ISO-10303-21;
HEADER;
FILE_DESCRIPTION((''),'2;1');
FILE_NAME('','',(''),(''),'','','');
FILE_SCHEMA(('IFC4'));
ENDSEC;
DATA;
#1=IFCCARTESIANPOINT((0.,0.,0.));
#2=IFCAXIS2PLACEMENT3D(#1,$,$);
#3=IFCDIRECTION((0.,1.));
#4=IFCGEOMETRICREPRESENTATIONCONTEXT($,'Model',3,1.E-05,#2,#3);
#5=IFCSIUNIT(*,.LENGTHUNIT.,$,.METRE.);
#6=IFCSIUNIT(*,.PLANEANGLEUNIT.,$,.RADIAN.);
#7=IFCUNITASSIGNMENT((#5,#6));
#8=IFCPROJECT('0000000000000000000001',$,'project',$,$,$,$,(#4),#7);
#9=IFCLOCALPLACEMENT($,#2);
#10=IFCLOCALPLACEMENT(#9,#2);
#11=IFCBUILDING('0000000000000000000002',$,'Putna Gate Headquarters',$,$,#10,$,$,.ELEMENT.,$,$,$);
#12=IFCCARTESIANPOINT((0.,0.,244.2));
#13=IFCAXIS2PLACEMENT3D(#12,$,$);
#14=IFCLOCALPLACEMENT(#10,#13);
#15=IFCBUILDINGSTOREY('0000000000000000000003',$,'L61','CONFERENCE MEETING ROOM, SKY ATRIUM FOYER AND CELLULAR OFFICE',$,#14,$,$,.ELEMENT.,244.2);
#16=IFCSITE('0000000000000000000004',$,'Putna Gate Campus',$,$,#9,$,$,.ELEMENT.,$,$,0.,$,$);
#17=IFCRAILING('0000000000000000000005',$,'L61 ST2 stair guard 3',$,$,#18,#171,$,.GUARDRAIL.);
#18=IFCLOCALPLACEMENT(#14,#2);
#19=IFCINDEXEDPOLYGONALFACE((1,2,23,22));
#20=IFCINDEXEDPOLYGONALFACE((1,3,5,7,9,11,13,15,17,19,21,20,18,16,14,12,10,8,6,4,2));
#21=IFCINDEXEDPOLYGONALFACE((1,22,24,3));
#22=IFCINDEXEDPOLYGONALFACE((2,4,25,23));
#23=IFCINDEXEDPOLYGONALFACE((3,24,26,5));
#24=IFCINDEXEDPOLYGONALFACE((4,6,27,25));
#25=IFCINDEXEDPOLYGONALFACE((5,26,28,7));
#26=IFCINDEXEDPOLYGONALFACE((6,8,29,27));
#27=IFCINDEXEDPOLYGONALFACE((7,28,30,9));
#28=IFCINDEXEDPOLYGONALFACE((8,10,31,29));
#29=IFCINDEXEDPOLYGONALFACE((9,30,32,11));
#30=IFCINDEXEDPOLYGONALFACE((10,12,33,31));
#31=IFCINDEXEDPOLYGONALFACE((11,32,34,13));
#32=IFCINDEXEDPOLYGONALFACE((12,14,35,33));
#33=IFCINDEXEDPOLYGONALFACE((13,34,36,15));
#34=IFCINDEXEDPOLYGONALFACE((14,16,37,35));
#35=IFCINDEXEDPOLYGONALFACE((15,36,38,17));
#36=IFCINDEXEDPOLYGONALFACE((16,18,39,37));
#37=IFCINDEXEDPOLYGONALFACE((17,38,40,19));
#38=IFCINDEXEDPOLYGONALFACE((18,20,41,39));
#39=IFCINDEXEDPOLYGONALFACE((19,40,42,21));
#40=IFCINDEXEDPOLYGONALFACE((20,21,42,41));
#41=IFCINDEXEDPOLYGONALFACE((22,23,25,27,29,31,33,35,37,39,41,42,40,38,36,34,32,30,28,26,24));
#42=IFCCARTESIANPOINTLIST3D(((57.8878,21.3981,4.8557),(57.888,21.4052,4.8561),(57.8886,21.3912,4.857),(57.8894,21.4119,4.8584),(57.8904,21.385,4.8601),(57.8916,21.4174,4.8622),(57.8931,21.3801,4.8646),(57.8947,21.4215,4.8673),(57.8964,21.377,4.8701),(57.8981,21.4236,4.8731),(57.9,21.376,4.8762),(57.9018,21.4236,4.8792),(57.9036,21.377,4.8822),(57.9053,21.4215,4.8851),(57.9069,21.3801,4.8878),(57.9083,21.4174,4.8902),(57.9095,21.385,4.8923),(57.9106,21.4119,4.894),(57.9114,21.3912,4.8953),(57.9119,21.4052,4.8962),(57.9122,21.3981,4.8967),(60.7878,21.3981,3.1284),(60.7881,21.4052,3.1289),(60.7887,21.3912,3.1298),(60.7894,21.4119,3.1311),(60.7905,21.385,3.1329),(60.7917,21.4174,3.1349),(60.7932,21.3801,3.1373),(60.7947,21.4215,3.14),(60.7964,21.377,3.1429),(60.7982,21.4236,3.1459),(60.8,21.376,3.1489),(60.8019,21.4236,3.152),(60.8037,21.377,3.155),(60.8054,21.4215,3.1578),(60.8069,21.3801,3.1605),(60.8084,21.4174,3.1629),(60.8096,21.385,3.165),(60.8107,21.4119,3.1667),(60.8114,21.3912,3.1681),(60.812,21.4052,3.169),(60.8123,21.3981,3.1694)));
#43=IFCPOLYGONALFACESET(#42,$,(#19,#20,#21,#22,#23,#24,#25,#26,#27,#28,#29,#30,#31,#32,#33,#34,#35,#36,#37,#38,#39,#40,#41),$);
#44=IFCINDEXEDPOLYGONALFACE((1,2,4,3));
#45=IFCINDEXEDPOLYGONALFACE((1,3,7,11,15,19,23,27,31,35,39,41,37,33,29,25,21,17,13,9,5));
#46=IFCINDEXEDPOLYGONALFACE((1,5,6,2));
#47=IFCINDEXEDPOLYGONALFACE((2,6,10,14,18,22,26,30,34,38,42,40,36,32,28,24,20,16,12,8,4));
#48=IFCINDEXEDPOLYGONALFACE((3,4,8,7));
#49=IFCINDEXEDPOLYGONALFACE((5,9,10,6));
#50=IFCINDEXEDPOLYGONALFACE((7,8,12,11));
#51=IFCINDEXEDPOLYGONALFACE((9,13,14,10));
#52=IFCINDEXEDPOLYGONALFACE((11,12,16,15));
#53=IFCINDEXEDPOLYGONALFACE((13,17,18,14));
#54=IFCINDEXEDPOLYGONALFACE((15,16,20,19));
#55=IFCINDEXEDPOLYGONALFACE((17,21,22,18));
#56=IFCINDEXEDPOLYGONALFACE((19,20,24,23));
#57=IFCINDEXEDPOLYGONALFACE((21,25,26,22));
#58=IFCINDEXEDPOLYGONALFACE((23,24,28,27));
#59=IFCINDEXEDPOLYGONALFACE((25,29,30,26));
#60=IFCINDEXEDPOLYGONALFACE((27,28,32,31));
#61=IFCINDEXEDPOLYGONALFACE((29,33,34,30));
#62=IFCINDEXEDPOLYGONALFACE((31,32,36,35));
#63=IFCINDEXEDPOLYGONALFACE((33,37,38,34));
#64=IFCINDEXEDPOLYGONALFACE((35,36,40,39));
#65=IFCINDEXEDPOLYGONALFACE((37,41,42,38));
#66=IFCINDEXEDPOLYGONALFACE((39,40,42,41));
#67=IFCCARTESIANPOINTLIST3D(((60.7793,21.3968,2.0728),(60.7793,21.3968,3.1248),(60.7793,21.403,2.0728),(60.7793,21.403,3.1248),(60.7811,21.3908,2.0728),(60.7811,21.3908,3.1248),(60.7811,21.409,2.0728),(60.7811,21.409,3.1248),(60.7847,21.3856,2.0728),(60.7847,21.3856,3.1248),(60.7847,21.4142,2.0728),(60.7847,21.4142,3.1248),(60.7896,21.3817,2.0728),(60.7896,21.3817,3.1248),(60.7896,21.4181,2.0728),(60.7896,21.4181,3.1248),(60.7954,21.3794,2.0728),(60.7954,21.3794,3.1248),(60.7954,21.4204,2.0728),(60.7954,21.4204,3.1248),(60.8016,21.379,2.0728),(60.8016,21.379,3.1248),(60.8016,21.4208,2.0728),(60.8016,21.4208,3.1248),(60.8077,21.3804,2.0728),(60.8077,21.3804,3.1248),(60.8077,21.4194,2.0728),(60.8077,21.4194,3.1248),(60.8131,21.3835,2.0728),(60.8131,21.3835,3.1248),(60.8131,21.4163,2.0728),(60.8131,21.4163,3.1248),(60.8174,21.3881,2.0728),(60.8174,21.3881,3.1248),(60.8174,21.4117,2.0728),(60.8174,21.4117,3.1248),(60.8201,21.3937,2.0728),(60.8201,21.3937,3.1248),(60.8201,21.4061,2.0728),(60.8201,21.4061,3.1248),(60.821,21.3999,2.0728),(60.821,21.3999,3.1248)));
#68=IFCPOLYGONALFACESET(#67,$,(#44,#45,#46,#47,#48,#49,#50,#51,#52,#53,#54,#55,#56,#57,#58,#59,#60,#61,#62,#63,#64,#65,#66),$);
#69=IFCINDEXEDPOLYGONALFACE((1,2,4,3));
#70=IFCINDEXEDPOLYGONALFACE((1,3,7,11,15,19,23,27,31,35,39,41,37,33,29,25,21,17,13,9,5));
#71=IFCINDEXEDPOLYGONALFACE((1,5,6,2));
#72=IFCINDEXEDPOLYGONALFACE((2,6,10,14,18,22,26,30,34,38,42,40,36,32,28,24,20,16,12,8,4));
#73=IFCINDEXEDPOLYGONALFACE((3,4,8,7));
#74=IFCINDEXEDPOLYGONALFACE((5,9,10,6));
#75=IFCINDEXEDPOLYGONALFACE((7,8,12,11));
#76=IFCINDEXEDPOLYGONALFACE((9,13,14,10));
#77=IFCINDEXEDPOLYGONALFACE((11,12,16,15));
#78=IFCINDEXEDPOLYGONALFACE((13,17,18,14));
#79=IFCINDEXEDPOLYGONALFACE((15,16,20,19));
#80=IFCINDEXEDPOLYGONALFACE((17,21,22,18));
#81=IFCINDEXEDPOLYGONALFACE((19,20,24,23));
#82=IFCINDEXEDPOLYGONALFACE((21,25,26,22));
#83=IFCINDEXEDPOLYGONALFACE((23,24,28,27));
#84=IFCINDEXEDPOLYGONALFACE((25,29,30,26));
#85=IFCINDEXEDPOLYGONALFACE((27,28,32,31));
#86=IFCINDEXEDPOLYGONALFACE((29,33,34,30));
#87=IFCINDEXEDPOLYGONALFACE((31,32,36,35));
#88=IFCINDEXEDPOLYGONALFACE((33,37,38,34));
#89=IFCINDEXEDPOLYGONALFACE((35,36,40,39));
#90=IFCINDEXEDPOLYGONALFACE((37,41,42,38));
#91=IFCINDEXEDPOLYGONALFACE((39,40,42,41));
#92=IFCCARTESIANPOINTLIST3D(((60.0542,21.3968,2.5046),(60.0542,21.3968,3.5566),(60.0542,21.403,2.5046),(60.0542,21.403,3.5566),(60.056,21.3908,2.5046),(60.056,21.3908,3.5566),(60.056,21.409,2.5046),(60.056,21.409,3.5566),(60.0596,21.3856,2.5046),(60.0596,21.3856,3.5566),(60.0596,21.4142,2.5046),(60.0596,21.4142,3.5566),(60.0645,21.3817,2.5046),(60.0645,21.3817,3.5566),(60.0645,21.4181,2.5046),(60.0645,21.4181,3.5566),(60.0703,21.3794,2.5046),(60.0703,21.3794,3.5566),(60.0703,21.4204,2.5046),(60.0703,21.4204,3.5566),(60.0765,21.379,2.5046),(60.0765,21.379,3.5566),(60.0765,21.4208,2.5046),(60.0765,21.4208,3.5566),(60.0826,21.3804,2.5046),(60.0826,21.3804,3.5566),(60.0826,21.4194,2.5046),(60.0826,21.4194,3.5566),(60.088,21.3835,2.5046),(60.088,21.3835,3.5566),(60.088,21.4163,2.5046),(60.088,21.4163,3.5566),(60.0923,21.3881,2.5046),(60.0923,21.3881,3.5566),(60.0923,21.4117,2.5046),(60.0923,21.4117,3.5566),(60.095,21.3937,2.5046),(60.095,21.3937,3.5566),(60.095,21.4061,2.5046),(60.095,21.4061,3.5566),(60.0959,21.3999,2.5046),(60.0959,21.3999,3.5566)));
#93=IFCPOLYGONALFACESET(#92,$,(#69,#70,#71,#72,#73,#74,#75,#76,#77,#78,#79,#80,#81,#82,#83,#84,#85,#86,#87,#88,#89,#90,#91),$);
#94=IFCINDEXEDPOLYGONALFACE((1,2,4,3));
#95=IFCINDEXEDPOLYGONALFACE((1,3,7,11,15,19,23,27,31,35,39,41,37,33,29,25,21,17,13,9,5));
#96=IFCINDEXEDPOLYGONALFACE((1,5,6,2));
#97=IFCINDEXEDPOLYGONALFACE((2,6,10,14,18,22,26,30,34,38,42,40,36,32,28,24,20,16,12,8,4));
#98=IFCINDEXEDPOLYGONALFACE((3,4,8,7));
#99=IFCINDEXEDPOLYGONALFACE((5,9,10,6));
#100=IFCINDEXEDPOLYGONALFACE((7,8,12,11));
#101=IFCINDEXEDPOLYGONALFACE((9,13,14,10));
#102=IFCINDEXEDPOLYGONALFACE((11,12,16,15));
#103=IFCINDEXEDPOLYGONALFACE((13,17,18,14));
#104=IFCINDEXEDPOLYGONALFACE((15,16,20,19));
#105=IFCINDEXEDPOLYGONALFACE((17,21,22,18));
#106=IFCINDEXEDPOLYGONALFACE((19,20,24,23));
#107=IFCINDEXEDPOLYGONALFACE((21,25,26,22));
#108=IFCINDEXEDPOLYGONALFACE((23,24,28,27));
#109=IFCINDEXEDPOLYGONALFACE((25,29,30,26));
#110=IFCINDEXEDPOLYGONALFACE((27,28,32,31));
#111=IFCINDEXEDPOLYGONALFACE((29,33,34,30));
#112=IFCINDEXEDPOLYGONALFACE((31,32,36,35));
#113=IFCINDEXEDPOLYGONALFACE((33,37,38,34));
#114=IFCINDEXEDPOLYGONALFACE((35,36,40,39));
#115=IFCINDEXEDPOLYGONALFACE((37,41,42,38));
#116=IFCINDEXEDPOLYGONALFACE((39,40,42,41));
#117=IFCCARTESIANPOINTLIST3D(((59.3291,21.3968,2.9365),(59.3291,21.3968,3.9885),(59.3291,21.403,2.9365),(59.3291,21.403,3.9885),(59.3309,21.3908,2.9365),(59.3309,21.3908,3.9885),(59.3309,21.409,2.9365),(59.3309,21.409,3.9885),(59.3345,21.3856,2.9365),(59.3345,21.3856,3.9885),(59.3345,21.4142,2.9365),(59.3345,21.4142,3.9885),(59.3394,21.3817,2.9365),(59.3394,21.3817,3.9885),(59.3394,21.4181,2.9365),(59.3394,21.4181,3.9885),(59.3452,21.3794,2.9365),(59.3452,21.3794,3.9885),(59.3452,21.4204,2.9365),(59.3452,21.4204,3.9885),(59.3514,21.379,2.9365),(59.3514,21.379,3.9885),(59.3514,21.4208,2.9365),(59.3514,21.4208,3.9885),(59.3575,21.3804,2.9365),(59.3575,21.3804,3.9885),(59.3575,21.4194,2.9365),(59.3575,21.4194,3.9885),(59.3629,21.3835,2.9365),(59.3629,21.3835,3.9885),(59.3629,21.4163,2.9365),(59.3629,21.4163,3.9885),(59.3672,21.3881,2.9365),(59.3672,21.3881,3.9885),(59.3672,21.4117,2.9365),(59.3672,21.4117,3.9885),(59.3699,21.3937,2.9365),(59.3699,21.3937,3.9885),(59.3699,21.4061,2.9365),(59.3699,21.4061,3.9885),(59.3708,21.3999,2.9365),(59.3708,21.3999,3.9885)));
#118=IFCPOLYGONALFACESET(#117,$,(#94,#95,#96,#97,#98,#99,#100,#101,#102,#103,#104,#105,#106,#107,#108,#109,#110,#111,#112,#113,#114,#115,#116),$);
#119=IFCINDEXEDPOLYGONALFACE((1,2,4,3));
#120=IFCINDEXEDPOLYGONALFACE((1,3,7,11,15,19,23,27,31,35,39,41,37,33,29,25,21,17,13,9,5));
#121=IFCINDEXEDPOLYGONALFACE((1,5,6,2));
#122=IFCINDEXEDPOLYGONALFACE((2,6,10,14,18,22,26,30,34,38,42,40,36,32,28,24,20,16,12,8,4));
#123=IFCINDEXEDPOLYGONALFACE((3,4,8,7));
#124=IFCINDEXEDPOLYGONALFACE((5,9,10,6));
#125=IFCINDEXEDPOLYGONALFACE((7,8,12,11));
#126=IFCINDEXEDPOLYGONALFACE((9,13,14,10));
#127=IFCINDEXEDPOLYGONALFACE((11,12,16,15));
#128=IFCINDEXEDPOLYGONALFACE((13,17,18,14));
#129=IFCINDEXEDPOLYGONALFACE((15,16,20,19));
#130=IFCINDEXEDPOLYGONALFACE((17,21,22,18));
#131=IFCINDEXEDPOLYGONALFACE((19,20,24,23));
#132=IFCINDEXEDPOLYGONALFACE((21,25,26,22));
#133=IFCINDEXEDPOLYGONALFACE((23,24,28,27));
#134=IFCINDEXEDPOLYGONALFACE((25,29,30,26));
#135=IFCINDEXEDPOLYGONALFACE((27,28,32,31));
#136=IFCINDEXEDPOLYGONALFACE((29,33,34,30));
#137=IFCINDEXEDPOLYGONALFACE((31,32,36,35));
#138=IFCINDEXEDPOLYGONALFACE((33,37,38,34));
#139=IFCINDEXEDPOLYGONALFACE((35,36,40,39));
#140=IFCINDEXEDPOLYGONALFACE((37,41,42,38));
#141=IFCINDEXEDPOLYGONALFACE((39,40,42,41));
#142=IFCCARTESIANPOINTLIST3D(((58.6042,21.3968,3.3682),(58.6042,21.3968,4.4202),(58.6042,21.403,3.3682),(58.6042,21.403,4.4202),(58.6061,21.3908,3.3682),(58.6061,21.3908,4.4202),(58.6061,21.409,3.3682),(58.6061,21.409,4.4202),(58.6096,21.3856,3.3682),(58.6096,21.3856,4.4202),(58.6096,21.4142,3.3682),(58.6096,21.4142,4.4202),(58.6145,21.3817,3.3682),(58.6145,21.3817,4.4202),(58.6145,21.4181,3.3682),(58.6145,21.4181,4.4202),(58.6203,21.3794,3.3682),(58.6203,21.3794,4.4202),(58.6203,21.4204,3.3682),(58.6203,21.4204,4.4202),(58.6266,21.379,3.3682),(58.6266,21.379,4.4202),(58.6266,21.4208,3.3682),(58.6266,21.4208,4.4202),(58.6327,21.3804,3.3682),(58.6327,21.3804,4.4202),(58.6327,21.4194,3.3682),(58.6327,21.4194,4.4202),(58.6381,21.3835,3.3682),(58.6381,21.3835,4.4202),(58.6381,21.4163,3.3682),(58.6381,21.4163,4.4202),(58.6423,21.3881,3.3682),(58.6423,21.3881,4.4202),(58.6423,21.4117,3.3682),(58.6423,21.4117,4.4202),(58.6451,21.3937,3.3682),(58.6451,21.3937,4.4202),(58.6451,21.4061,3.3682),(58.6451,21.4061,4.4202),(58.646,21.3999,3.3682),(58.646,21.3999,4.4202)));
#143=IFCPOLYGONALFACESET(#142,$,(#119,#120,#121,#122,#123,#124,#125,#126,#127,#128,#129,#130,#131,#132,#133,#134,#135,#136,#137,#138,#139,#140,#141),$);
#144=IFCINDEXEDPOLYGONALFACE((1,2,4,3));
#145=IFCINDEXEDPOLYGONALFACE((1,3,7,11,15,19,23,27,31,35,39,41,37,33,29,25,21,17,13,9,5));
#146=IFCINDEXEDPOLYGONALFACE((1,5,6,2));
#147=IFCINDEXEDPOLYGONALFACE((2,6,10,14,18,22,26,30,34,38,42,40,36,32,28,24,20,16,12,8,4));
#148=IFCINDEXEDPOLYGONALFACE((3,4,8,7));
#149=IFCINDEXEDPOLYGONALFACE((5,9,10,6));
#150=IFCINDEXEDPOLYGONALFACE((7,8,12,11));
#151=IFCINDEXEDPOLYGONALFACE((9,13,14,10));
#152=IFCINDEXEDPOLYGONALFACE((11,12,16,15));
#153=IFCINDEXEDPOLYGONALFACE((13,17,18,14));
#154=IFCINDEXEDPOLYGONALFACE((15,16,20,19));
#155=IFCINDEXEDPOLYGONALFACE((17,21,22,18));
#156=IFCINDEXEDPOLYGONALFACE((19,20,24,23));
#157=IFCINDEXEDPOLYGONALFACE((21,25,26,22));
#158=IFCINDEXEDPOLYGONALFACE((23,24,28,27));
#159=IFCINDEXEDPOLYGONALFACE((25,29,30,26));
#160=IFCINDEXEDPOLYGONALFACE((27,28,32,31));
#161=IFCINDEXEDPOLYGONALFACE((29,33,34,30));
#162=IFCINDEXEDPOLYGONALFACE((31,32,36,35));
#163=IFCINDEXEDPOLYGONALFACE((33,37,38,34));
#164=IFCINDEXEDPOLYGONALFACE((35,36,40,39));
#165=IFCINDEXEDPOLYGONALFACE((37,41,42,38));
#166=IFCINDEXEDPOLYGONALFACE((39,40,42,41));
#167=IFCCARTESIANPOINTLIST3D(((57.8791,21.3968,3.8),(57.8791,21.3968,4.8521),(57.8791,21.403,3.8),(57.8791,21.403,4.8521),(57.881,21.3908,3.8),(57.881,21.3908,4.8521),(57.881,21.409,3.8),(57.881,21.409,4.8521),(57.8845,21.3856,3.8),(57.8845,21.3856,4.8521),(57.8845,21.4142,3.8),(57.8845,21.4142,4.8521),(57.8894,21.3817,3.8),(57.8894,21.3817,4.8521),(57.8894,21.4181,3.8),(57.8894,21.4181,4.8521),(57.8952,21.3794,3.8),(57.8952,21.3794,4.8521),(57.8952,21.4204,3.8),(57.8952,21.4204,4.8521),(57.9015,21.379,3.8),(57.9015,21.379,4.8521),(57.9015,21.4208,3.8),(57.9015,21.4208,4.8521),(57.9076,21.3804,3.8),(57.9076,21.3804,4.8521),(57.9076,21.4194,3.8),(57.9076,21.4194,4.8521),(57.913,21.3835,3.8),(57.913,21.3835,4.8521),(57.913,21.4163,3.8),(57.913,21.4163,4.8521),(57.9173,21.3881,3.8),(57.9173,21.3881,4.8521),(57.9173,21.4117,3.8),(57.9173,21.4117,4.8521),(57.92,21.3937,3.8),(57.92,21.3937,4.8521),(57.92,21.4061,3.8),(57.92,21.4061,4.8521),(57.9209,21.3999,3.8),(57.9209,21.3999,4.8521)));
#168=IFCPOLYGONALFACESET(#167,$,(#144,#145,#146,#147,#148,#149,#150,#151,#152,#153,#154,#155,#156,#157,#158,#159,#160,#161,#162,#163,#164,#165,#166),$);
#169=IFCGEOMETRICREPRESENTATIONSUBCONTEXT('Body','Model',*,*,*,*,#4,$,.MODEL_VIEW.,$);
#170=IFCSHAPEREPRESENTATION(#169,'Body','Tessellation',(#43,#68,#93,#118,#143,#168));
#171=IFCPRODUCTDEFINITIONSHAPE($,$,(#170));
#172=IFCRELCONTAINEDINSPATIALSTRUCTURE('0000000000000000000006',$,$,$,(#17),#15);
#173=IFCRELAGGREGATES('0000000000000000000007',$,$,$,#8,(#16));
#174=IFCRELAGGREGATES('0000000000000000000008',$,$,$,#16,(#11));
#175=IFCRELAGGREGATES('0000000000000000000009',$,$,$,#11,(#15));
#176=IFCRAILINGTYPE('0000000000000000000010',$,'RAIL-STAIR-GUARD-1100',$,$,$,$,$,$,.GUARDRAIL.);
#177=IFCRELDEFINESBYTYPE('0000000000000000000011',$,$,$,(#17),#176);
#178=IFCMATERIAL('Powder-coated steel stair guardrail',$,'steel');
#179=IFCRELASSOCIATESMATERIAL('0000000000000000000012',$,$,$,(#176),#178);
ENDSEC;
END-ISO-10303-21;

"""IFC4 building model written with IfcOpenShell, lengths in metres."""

from ifc_helpers import new_model, si_unit, direction, frame, origin, origin_2d, place, context, subcontext, project, spatial, circle, extrude, material, type_object, element, save


model = new_model("IFC4")

# Units and contexts
model_context = context("Model", 3, precision=1e-05, world=origin(), true_north=direction((0.0, 1.0)))
body_context = subcontext(model_context, "Body", "Model", "MODEL_VIEW")
ifc_project = project(units=[si_unit("LENGTHUNIT", "METRE"), si_unit("PLANEANGLEUNIT", "RADIAN")], contexts=[model_context])

# Site, building, storey
site_placement = place(None, origin())
site = spatial("IfcSite", under=ifc_project, at=site_placement, Name="Putna Gate Campus", CompositionType="ELEMENT", RefElevation=0.0)
building_placement = place(site_placement, origin())
building = spatial("IfcBuilding", under=site, at=building_placement, Name="Putna Gate Headquarters", CompositionType="ELEMENT")
storey_placement = place(building_placement, frame((0.0, 0.0, 244.2)))
storey = spatial("IfcBuildingStorey", under=building, at=storey_placement, Name="L61", Description="CONFERENCE MEETING ROOM, SKY ATRIUM FOYER AND CELLULAR OFFICE", CompositionType="ELEMENT", Elevation=244.2)

# Railing
ifc_material_1 = material(Name="Powder-coated steel stair guardrail", Category="steel")
railing_type_1 = type_object("IfcRailingType", Name="RAIL-STAIR-GUARD-1100", PredefinedType="GUARDRAIL", material=ifc_material_1)
railing_1_placement = place(storey_placement, frame((60.8, 21.3999, 2.0728)))
element("IfcRailing", 1, at=railing_1_placement, inside=storey, type_object=railing_type_1, Name="L61 ST2 stair guard 3", PredefinedType="GUARDRAIL", context=body_context, shape_type="SweptSolid", body=[
    extrude(circle(Radius=0.0239, at=origin_2d()), frame((0.0, 0.0, 1.0762), z_axis=(-0.85916, 0.0, 0.511706), x_axis=(0.0, -1.0, 0.0)), (0.0, 0.0, 1.0), 3.3755),
    extrude(circle(Radius=0.021, at=origin_2d()), origin(), (0.0, 0.0, 1.0), 1.052),
    extrude(circle(Radius=0.021, at=origin_2d()), frame((-0.7251, 0.0, 0.4319)), (0.0, 0.0, 1.0), 1.052),
    extrude(circle(Radius=0.021, at=origin_2d()), frame((-1.4502, 0.0, 0.8638)), (0.0, 0.0, 1.0), 1.052),
    extrude(circle(Radius=0.021, at=origin_2d()), frame((-2.175, 0.0, 1.2954)), (0.0, 0.0, 1.0), 1.052),
    extrude(circle(Radius=0.021, at=origin_2d()), frame((-2.9001, 0.0, 1.7273)), (0.0, 0.0, 1.0), 1.052),
])

save(model, "model.ifc")
